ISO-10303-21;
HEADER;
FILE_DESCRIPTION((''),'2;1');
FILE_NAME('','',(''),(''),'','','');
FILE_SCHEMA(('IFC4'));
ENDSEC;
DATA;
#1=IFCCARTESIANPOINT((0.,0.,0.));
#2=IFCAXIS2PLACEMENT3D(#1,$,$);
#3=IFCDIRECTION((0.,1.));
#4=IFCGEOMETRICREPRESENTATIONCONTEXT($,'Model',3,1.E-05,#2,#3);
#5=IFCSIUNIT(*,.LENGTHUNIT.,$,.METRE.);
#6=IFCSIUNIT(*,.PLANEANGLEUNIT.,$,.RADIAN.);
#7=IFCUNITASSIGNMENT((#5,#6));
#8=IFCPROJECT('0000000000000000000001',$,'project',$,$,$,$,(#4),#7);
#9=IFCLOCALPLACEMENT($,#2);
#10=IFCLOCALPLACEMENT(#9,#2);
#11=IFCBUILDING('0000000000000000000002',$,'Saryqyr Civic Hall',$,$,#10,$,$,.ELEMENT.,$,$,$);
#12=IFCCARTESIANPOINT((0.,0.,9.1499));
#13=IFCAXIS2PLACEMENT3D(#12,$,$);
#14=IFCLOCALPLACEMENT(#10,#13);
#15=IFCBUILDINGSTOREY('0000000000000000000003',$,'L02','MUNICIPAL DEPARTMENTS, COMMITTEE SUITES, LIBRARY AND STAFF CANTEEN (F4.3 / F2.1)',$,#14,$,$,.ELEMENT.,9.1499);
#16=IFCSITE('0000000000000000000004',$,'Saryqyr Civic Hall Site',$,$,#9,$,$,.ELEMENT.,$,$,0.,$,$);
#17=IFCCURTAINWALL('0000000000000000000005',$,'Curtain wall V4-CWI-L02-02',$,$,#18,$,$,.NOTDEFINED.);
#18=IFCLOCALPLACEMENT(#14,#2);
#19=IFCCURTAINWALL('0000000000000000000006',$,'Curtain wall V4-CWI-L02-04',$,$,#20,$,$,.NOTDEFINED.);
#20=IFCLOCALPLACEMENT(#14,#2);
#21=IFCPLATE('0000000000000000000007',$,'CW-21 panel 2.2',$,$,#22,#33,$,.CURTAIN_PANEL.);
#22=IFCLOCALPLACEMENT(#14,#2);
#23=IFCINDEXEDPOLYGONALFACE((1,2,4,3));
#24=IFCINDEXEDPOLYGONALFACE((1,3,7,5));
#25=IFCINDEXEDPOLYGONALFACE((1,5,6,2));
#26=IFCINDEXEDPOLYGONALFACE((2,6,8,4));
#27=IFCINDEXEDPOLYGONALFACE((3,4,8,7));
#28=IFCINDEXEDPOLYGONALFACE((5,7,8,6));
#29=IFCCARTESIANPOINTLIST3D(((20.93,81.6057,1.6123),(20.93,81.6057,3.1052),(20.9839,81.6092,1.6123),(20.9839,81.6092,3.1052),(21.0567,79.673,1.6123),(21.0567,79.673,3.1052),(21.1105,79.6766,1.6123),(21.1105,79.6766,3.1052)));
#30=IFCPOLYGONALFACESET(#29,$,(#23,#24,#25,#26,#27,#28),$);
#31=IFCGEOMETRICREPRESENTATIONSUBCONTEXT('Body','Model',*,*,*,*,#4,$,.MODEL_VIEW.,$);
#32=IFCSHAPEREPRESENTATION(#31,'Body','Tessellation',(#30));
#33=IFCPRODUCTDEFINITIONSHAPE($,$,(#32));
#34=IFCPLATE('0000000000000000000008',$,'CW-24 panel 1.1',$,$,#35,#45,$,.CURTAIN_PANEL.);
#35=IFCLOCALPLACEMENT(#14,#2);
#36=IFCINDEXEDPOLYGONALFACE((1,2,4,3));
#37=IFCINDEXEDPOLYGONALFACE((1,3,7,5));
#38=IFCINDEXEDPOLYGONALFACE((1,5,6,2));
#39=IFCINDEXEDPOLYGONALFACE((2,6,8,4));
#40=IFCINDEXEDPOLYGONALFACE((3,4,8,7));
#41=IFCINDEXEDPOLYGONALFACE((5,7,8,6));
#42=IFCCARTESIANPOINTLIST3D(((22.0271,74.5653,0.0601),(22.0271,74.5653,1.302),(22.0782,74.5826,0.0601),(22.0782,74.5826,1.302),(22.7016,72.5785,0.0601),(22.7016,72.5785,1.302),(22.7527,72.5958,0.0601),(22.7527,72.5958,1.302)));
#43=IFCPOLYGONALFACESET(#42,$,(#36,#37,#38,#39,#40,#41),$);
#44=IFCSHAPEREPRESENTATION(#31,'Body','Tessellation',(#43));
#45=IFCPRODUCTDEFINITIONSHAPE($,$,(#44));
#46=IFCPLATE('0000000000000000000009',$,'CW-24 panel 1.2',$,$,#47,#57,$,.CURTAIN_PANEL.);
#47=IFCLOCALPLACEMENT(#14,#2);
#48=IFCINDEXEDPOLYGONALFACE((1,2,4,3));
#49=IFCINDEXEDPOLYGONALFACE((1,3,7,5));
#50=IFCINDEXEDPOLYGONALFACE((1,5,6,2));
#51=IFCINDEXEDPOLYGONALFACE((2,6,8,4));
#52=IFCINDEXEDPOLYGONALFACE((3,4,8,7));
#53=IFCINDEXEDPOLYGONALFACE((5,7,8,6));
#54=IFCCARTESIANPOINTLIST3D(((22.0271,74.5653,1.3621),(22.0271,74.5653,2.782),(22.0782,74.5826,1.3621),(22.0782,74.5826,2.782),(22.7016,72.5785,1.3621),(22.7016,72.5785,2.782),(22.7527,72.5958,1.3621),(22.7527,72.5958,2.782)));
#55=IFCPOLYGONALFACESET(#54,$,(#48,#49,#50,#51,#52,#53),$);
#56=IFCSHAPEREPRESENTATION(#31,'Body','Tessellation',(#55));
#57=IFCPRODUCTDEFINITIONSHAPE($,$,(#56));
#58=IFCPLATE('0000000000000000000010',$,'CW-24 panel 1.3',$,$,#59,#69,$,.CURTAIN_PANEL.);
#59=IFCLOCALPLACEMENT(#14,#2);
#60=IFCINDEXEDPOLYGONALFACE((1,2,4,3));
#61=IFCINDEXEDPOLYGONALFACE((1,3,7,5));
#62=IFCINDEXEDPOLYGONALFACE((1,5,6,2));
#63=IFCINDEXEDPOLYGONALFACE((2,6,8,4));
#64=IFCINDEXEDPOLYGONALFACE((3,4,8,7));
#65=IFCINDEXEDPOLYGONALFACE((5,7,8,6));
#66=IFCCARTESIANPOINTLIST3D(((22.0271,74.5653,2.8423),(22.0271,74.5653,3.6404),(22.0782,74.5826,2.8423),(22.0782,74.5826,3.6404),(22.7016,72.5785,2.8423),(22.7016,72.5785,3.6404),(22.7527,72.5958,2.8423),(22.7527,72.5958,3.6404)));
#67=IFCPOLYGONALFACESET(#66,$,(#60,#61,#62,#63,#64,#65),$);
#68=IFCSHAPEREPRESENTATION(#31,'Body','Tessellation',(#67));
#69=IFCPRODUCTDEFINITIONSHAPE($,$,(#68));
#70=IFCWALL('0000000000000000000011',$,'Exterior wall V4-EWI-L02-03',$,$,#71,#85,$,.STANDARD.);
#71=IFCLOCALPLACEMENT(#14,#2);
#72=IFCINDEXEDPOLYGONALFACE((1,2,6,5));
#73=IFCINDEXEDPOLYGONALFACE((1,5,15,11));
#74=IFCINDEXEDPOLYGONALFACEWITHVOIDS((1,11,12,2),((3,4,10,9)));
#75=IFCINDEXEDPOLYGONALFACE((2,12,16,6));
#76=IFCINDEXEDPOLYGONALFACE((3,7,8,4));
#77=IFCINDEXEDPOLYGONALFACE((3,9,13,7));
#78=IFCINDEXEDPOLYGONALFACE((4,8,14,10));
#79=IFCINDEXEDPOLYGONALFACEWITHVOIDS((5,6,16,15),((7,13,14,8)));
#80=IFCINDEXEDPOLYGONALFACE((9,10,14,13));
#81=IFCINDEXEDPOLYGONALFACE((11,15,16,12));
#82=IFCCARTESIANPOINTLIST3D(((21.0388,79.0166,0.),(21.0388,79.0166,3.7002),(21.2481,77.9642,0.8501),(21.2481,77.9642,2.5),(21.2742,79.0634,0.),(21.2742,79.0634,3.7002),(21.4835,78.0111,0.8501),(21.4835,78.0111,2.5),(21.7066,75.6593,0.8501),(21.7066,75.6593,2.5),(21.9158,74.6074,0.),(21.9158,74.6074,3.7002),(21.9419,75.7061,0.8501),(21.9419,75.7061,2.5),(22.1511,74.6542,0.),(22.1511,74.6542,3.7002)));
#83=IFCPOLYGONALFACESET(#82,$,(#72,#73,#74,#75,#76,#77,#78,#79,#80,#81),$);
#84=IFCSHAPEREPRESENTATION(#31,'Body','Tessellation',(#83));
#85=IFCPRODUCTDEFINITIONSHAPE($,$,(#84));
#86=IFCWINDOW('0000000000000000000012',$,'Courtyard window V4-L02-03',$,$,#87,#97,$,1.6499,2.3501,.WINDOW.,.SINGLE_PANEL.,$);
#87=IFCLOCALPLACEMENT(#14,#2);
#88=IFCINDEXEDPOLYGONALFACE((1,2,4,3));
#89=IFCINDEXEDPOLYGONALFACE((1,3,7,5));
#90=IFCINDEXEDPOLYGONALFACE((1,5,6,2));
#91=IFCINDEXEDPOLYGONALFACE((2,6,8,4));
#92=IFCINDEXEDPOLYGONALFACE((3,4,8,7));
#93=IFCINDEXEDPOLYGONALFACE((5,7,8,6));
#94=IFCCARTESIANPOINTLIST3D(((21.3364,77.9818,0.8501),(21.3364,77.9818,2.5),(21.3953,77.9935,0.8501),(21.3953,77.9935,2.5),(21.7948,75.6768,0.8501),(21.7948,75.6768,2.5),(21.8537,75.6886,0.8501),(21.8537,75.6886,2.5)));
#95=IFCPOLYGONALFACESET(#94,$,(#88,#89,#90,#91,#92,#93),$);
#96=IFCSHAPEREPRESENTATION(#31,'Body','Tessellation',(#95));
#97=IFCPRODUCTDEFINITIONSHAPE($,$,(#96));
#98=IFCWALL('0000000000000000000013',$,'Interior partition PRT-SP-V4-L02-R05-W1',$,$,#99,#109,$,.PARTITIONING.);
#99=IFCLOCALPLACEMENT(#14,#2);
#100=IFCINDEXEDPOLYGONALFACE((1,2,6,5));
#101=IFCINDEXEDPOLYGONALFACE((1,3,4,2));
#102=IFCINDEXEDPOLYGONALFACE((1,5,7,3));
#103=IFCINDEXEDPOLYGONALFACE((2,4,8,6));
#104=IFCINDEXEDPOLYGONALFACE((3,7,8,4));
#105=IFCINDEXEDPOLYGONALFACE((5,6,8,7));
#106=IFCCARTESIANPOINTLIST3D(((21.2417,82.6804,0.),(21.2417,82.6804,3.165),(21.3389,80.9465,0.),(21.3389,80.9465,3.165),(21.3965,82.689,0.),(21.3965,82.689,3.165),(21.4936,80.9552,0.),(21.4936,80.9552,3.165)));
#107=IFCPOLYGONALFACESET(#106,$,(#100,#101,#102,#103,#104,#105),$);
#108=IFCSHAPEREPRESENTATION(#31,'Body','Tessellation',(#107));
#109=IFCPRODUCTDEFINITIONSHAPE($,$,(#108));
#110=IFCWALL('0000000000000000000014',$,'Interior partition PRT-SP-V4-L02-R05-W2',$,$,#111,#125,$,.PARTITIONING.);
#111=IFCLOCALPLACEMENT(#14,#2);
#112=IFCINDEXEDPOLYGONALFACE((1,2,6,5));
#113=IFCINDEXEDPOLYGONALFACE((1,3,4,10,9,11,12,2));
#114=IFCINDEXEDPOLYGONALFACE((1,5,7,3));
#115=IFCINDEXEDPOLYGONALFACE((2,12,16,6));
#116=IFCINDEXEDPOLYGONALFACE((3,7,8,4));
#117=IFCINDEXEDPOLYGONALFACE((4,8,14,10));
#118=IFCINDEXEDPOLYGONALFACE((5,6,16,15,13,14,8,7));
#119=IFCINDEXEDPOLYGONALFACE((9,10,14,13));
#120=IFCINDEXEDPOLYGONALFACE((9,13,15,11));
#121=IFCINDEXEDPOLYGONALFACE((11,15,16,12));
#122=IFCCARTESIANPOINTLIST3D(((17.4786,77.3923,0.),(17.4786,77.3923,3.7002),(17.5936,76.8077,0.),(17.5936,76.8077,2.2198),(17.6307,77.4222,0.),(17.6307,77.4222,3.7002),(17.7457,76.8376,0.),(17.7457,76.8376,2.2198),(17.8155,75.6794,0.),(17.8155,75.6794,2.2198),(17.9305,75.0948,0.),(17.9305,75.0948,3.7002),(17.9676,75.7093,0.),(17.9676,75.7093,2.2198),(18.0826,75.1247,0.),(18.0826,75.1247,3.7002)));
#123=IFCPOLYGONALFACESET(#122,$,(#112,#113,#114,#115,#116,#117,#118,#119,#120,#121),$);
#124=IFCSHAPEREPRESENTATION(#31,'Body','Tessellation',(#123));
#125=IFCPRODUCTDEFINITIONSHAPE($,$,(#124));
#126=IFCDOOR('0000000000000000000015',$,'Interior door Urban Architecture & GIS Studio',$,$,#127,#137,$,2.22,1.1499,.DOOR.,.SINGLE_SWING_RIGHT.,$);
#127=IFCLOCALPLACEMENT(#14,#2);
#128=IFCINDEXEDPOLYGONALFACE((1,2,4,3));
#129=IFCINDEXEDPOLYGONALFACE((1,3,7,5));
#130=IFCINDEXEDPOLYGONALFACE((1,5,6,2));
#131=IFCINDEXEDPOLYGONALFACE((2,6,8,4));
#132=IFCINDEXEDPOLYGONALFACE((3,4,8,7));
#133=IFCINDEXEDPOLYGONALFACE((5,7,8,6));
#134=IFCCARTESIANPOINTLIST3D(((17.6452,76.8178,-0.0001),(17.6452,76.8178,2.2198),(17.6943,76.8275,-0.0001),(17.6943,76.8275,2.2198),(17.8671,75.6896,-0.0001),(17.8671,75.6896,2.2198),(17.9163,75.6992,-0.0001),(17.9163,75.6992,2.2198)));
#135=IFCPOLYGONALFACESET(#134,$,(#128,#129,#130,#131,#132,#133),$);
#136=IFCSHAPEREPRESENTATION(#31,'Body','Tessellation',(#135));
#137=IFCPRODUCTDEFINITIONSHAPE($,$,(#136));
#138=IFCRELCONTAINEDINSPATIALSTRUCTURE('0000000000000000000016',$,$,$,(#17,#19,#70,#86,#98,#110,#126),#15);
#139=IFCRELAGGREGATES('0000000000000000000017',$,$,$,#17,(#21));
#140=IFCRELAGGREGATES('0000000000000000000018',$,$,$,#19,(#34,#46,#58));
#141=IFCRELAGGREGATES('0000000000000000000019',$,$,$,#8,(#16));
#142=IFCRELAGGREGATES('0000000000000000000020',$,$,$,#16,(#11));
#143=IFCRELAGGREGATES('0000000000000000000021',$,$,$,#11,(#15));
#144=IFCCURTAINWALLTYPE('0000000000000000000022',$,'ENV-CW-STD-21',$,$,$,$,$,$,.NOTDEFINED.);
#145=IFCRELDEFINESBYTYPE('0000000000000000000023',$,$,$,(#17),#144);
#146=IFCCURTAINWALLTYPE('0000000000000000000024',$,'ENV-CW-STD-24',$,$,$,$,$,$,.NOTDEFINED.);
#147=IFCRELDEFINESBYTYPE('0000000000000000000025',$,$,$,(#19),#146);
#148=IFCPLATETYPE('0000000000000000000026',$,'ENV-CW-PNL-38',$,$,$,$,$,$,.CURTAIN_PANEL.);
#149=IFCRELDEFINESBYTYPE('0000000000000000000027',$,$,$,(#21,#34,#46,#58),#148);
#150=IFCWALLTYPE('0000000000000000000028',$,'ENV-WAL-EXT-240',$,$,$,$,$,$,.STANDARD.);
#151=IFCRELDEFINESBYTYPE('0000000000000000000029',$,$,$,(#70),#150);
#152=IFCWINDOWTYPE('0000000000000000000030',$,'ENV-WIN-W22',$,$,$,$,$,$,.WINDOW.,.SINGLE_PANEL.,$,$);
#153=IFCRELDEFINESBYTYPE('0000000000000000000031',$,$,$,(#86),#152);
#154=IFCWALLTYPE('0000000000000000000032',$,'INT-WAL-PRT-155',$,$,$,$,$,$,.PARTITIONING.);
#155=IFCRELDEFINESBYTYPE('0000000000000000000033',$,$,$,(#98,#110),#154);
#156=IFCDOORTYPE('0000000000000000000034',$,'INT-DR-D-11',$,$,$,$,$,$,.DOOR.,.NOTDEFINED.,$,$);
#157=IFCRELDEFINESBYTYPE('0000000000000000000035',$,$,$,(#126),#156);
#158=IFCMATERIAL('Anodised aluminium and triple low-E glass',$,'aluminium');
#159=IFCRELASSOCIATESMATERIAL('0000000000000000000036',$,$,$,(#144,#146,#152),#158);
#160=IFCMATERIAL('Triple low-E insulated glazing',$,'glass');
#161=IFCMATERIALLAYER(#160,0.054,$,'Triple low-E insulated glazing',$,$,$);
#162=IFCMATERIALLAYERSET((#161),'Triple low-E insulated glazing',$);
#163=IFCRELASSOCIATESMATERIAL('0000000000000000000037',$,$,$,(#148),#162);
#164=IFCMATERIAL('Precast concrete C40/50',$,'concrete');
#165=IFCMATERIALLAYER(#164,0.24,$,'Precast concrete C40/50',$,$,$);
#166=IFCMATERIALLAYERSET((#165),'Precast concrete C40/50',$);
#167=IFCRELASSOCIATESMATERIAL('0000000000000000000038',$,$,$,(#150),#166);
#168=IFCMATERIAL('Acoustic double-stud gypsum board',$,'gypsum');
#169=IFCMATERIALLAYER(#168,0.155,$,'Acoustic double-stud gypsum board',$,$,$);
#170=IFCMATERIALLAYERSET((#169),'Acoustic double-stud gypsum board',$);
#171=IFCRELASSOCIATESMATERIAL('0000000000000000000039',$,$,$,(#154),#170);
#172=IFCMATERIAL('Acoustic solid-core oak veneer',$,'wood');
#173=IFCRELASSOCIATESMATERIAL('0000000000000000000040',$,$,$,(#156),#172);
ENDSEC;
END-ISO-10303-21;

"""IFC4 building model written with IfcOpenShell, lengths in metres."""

from ifc_helpers import new_model, si_unit, direction, frame, frame_2d, origin, origin_2d, place, context, subcontext, project, spatial, rectangle, extrude, material, layer, layer_set, type_object, element, fill, aggregate, save


model = new_model("IFC4")

# Units and contexts
model_context = context("Model", 3, precision=1e-05, world=origin(), true_north=direction((0.0, 1.0)))
body_context = subcontext(model_context, "Body", "Model", "MODEL_VIEW")
ifc_project = project(units=[si_unit("LENGTHUNIT", "METRE"), si_unit("PLANEANGLEUNIT", "RADIAN")], contexts=[model_context])

# Site, building, storey
site_placement = place(None, origin())
site = spatial("IfcSite", under=ifc_project, at=site_placement, Name="Saryqyr Civic Hall Site", CompositionType="ELEMENT", RefElevation=0.0)
building_placement = place(site_placement, origin())
building = spatial("IfcBuilding", under=site, at=building_placement, Name="Saryqyr Civic Hall", CompositionType="ELEMENT")
storey_placement = place(building_placement, frame((0.0, 0.0, 9.1499)))
storey = spatial("IfcBuildingStorey", under=building, at=storey_placement, Name="L02", Description="MUNICIPAL DEPARTMENTS, COMMITTEE SUITES, LIBRARY AND STAFF CANTEEN (F4.3 / F2.1)", CompositionType="ELEMENT", Elevation=9.1499)

# Curtain wall
ifc_material_1 = material(Name="Anodised aluminium and triple low-E glass", Category="aluminium")
curtain_wall_type_1 = type_object("IfcCurtainWallType", Name="ENV-CW-STD-21", PredefinedType="NOTDEFINED", material=ifc_material_1)
curtain_wall_1_placement = place(storey_placement, origin())
curtain_wall_1 = element("IfcCurtainWall", 1, at=curtain_wall_1_placement, inside=storey, type_object=curtain_wall_type_1, Name="Curtain wall V4-CWI-L02-02", PredefinedType="NOTDEFINED")

# Curtain wall
curtain_wall_type_2 = type_object("IfcCurtainWallType", Name="ENV-CW-STD-24", PredefinedType="NOTDEFINED", material=ifc_material_1)
curtain_wall_2_placement = place(storey_placement, origin())
curtain_wall_2 = element("IfcCurtainWall", 2, at=curtain_wall_2_placement, inside=storey, type_object=curtain_wall_type_2, Name="Curtain wall V4-CWI-L02-04", PredefinedType="NOTDEFINED")

# Plates
ifc_material_2 = material(Name="Triple low-E insulated glazing", Category="glass")
ifc_layer_1 = layer(ifc_material_2, 0.054, Name="Triple low-E insulated glazing")
ifc_layer_set_1 = layer_set([ifc_layer_1], Name="Triple low-E insulated glazing")
plate_type = type_object("IfcPlateType", Name="ENV-CW-PNL-38", PredefinedType="CURTAIN_PANEL", material=ifc_layer_set_1)
plate_1_placement = place(storey_placement, frame((21.0203, 80.6411, 1.6123), z_axis=(0.0, 0.0, 1.0), x_axis=(0.065397, -0.997859, 0.0)))
plate_1 = element("IfcPlate", 3, at=plate_1_placement, type_object=plate_type, Name="CW-21 panel 2.2", PredefinedType="CURTAIN_PANEL", context=body_context, shape_type="SweptSolid", body=[
    extrude(rectangle(XDim=1.9368, YDim=0.054, at=origin_2d()), origin(), (0.0, 0.0, 1.0), 1.4929),
])
aggregate(curtain_wall_1, [plate_1])
plate_2_placement = place(storey_placement, frame((22.3899, 73.5806, 0.0601), z_axis=(0.0, 0.0, 1.0), x_axis=(0.321447, -0.946928, 0.0)))
plate_2 = element("IfcPlate", 4, at=plate_2_placement, type_object=plate_type, Name="CW-24 panel 1.1", PredefinedType="CURTAIN_PANEL", context=body_context, shape_type="SweptSolid", body=[
    extrude(rectangle(XDim=2.0981, YDim=0.054, at=origin_2d()), origin(), (0.0, 0.0, 1.0), 1.2419),
])
plate_3_placement = place(storey_placement, frame((22.3899, 73.5806, 1.3621), z_axis=(0.0, 0.0, 1.0), x_axis=(0.321447, -0.946928, 0.0)))
plate_3 = element("IfcPlate", 5, at=plate_3_placement, type_object=plate_type, Name="CW-24 panel 1.2", PredefinedType="CURTAIN_PANEL", context=body_context, shape_type="SweptSolid", body=[
    extrude(rectangle(XDim=2.0981, YDim=0.054, at=origin_2d()), origin(), (0.0, 0.0, 1.0), 1.4199),
])
plate_4_placement = place(storey_placement, frame((22.3899, 73.5806, 2.8423), z_axis=(0.0, 0.0, 1.0), x_axis=(0.321447, -0.946928, 0.0)))
plate_4 = element("IfcPlate", 6, at=plate_4_placement, type_object=plate_type, Name="CW-24 panel 1.3", PredefinedType="CURTAIN_PANEL", context=body_context, shape_type="SweptSolid", body=[
    extrude(rectangle(XDim=2.0981, YDim=0.054, at=origin_2d()), origin(), (0.0, 0.0, 1.0), 0.7981),
])
aggregate(curtain_wall_2, [plate_2, plate_3, plate_4])

# Wall, opening, window
ifc_material_3 = material(Name="Precast concrete C40/50", Category="concrete")
ifc_layer_2 = layer(ifc_material_3, 0.24, Name="Precast concrete C40/50")
ifc_layer_set_2 = layer_set([ifc_layer_2], Name="Precast concrete C40/50")
wall_type_1 = type_object("IfcWallType", Name="ENV-WAL-EXT-240", PredefinedType="STANDARD", material=ifc_layer_set_2)
wall_1_placement = place(storey_placement, frame((21.1565, 79.04, 0.0), z_axis=(0.0, 0.0, 1.0), x_axis=(0.195072, -0.980789, 0.0)))
wall_1 = element("IfcWall", 7, at=wall_1_placement, inside=storey, type_object=wall_type_1, Name="Exterior wall V4-EWI-L02-03", PredefinedType="STANDARD", context=body_context, shape_type="SweptSolid", body=[
    extrude(rectangle(XDim=4.4956, YDim=0.24, at=frame_2d((2.2478, 0.0))), origin(), (0.0, 0.0, 1.0), 3.7002),
])
opening_1_placement = place(wall_1_placement, frame((1.073, 0.0, 0.8501)))
opening_1 = element("IfcOpeningElement", 8, at=opening_1_placement, cuts=wall_1, PredefinedType="OPENING", context=body_context, shape_type="SweptSolid", body=[
    extrude(rectangle(XDim=2.3501, YDim=1.6499, at=frame_2d((1.175, 0.825))), frame((0.0, 0.1299, 0.0), z_axis=(0.0, -1.0, 0.0), x_axis=(1.0, 0.0, 0.0)), (0.0, 0.0, 1.0), 0.26),
])
window_type = type_object("IfcWindowType", Name="ENV-WIN-W22", PartitioningType="SINGLE_PANEL", PredefinedType="WINDOW", material=ifc_material_1)
window_placement = place(opening_1_placement, origin())
window = element("IfcWindow", 9, at=window_placement, inside=storey, type_object=window_type, Name="Courtyard window V4-L02-03", OverallHeight=1.6499, OverallWidth=2.3501, PartitioningType="SINGLE_PANEL", PredefinedType="WINDOW", context=body_context, shape_type="SweptSolid", body=[
    extrude(rectangle(XDim=2.3501, YDim=1.6499, at=frame_2d((1.175, 0.825))), frame((0.0, 0.03, 0.0), z_axis=(0.0, -1.0, 0.0), x_axis=(1.0, 0.0, 0.0)), (0.0, 0.0, 1.0), 0.0601),
])
fill(opening_1, window)

# Wall
ifc_material_4 = material(Name="Acoustic double-stud gypsum board", Category="gypsum")
ifc_layer_3 = layer(ifc_material_4, 0.155, Name="Acoustic double-stud gypsum board")
ifc_layer_set_3 = layer_set([ifc_layer_3], Name="Acoustic double-stud gypsum board")
wall_type_2 = type_object("IfcWallType", Name="INT-WAL-PRT-155", PredefinedType="PARTITIONING", material=ifc_layer_set_3)
wall_2_placement = place(storey_placement, frame((21.3191, 82.6846, 0.0), z_axis=(0.0, 0.0, 1.0), x_axis=(0.055953, -0.998433, 0.0)))
element("IfcWall", 10, at=wall_2_placement, inside=storey, type_object=wall_type_2, Name="Interior partition PRT-SP-V4-L02-R05-W1", PredefinedType="PARTITIONING", context=body_context, shape_type="SweptSolid", body=[
    extrude(rectangle(XDim=1.7366, YDim=0.155, at=frame_2d((0.8682, 0.0))), origin(), (0.0, 0.0, 1.0), 3.165),
])

# Wall, opening, door
wall_3_placement = place(storey_placement, frame((18.0066, 75.1096, 0.0), z_axis=(0.0, 0.0, 1.0), x_axis=(-0.192987, 0.981201, 0.0)))
wall_3 = element("IfcWall", 11, at=wall_3_placement, inside=storey, type_object=wall_type_2, Name="Interior partition PRT-SP-V4-L02-R05-W2", PredefinedType="PARTITIONING", context=body_context, shape_type="SweptSolid", body=[
    extrude(rectangle(XDim=2.3416, YDim=0.155, at=frame_2d((1.1709, 0.0))), origin(), (0.0, 0.0, 1.0), 3.7002),
])
opening_2_placement = place(wall_3_placement, frame((0.5959, 0.0, 0.0)))
opening_2 = element("IfcOpeningElement", 12, at=opening_2_placement, cuts=wall_3, PredefinedType="OPENING", context=body_context, shape_type="SweptSolid", body=[
    extrude(rectangle(XDim=1.1499, YDim=2.22, at=frame_2d((0.575, 1.1099))), frame((0.0, 0.0874, 0.0), z_axis=(0.0, -1.0, 0.0), x_axis=(1.0, 0.0, 0.0)), (0.0, 0.0, 1.0), 0.175),
])
ifc_material_5 = material(Name="Acoustic solid-core oak veneer", Category="wood")
door_type = type_object("IfcDoorType", Name="INT-DR-D-11", OperationType="NOTDEFINED", PredefinedType="DOOR", material=ifc_material_5)
door_placement = place(opening_2_placement, origin())
door = element("IfcDoor", 13, at=door_placement, inside=storey, type_object=door_type, Name="Interior door Urban Architecture & GIS Studio", OperationType="SINGLE_SWING_RIGHT", OverallHeight=2.22, OverallWidth=1.1499, PredefinedType="DOOR", context=body_context, shape_type="SweptSolid", body=[
    extrude(rectangle(XDim=1.1499, YDim=2.22, at=frame_2d((0.575, 1.1099))), frame((0.0, 0.0249, 0.0), z_axis=(0.0, -1.0, 0.0), x_axis=(1.0, 0.0, 0.0)), (0.0, 0.0, 1.0), 0.05),
])
fill(opening_2, door)

save(model, "model.ifc")
